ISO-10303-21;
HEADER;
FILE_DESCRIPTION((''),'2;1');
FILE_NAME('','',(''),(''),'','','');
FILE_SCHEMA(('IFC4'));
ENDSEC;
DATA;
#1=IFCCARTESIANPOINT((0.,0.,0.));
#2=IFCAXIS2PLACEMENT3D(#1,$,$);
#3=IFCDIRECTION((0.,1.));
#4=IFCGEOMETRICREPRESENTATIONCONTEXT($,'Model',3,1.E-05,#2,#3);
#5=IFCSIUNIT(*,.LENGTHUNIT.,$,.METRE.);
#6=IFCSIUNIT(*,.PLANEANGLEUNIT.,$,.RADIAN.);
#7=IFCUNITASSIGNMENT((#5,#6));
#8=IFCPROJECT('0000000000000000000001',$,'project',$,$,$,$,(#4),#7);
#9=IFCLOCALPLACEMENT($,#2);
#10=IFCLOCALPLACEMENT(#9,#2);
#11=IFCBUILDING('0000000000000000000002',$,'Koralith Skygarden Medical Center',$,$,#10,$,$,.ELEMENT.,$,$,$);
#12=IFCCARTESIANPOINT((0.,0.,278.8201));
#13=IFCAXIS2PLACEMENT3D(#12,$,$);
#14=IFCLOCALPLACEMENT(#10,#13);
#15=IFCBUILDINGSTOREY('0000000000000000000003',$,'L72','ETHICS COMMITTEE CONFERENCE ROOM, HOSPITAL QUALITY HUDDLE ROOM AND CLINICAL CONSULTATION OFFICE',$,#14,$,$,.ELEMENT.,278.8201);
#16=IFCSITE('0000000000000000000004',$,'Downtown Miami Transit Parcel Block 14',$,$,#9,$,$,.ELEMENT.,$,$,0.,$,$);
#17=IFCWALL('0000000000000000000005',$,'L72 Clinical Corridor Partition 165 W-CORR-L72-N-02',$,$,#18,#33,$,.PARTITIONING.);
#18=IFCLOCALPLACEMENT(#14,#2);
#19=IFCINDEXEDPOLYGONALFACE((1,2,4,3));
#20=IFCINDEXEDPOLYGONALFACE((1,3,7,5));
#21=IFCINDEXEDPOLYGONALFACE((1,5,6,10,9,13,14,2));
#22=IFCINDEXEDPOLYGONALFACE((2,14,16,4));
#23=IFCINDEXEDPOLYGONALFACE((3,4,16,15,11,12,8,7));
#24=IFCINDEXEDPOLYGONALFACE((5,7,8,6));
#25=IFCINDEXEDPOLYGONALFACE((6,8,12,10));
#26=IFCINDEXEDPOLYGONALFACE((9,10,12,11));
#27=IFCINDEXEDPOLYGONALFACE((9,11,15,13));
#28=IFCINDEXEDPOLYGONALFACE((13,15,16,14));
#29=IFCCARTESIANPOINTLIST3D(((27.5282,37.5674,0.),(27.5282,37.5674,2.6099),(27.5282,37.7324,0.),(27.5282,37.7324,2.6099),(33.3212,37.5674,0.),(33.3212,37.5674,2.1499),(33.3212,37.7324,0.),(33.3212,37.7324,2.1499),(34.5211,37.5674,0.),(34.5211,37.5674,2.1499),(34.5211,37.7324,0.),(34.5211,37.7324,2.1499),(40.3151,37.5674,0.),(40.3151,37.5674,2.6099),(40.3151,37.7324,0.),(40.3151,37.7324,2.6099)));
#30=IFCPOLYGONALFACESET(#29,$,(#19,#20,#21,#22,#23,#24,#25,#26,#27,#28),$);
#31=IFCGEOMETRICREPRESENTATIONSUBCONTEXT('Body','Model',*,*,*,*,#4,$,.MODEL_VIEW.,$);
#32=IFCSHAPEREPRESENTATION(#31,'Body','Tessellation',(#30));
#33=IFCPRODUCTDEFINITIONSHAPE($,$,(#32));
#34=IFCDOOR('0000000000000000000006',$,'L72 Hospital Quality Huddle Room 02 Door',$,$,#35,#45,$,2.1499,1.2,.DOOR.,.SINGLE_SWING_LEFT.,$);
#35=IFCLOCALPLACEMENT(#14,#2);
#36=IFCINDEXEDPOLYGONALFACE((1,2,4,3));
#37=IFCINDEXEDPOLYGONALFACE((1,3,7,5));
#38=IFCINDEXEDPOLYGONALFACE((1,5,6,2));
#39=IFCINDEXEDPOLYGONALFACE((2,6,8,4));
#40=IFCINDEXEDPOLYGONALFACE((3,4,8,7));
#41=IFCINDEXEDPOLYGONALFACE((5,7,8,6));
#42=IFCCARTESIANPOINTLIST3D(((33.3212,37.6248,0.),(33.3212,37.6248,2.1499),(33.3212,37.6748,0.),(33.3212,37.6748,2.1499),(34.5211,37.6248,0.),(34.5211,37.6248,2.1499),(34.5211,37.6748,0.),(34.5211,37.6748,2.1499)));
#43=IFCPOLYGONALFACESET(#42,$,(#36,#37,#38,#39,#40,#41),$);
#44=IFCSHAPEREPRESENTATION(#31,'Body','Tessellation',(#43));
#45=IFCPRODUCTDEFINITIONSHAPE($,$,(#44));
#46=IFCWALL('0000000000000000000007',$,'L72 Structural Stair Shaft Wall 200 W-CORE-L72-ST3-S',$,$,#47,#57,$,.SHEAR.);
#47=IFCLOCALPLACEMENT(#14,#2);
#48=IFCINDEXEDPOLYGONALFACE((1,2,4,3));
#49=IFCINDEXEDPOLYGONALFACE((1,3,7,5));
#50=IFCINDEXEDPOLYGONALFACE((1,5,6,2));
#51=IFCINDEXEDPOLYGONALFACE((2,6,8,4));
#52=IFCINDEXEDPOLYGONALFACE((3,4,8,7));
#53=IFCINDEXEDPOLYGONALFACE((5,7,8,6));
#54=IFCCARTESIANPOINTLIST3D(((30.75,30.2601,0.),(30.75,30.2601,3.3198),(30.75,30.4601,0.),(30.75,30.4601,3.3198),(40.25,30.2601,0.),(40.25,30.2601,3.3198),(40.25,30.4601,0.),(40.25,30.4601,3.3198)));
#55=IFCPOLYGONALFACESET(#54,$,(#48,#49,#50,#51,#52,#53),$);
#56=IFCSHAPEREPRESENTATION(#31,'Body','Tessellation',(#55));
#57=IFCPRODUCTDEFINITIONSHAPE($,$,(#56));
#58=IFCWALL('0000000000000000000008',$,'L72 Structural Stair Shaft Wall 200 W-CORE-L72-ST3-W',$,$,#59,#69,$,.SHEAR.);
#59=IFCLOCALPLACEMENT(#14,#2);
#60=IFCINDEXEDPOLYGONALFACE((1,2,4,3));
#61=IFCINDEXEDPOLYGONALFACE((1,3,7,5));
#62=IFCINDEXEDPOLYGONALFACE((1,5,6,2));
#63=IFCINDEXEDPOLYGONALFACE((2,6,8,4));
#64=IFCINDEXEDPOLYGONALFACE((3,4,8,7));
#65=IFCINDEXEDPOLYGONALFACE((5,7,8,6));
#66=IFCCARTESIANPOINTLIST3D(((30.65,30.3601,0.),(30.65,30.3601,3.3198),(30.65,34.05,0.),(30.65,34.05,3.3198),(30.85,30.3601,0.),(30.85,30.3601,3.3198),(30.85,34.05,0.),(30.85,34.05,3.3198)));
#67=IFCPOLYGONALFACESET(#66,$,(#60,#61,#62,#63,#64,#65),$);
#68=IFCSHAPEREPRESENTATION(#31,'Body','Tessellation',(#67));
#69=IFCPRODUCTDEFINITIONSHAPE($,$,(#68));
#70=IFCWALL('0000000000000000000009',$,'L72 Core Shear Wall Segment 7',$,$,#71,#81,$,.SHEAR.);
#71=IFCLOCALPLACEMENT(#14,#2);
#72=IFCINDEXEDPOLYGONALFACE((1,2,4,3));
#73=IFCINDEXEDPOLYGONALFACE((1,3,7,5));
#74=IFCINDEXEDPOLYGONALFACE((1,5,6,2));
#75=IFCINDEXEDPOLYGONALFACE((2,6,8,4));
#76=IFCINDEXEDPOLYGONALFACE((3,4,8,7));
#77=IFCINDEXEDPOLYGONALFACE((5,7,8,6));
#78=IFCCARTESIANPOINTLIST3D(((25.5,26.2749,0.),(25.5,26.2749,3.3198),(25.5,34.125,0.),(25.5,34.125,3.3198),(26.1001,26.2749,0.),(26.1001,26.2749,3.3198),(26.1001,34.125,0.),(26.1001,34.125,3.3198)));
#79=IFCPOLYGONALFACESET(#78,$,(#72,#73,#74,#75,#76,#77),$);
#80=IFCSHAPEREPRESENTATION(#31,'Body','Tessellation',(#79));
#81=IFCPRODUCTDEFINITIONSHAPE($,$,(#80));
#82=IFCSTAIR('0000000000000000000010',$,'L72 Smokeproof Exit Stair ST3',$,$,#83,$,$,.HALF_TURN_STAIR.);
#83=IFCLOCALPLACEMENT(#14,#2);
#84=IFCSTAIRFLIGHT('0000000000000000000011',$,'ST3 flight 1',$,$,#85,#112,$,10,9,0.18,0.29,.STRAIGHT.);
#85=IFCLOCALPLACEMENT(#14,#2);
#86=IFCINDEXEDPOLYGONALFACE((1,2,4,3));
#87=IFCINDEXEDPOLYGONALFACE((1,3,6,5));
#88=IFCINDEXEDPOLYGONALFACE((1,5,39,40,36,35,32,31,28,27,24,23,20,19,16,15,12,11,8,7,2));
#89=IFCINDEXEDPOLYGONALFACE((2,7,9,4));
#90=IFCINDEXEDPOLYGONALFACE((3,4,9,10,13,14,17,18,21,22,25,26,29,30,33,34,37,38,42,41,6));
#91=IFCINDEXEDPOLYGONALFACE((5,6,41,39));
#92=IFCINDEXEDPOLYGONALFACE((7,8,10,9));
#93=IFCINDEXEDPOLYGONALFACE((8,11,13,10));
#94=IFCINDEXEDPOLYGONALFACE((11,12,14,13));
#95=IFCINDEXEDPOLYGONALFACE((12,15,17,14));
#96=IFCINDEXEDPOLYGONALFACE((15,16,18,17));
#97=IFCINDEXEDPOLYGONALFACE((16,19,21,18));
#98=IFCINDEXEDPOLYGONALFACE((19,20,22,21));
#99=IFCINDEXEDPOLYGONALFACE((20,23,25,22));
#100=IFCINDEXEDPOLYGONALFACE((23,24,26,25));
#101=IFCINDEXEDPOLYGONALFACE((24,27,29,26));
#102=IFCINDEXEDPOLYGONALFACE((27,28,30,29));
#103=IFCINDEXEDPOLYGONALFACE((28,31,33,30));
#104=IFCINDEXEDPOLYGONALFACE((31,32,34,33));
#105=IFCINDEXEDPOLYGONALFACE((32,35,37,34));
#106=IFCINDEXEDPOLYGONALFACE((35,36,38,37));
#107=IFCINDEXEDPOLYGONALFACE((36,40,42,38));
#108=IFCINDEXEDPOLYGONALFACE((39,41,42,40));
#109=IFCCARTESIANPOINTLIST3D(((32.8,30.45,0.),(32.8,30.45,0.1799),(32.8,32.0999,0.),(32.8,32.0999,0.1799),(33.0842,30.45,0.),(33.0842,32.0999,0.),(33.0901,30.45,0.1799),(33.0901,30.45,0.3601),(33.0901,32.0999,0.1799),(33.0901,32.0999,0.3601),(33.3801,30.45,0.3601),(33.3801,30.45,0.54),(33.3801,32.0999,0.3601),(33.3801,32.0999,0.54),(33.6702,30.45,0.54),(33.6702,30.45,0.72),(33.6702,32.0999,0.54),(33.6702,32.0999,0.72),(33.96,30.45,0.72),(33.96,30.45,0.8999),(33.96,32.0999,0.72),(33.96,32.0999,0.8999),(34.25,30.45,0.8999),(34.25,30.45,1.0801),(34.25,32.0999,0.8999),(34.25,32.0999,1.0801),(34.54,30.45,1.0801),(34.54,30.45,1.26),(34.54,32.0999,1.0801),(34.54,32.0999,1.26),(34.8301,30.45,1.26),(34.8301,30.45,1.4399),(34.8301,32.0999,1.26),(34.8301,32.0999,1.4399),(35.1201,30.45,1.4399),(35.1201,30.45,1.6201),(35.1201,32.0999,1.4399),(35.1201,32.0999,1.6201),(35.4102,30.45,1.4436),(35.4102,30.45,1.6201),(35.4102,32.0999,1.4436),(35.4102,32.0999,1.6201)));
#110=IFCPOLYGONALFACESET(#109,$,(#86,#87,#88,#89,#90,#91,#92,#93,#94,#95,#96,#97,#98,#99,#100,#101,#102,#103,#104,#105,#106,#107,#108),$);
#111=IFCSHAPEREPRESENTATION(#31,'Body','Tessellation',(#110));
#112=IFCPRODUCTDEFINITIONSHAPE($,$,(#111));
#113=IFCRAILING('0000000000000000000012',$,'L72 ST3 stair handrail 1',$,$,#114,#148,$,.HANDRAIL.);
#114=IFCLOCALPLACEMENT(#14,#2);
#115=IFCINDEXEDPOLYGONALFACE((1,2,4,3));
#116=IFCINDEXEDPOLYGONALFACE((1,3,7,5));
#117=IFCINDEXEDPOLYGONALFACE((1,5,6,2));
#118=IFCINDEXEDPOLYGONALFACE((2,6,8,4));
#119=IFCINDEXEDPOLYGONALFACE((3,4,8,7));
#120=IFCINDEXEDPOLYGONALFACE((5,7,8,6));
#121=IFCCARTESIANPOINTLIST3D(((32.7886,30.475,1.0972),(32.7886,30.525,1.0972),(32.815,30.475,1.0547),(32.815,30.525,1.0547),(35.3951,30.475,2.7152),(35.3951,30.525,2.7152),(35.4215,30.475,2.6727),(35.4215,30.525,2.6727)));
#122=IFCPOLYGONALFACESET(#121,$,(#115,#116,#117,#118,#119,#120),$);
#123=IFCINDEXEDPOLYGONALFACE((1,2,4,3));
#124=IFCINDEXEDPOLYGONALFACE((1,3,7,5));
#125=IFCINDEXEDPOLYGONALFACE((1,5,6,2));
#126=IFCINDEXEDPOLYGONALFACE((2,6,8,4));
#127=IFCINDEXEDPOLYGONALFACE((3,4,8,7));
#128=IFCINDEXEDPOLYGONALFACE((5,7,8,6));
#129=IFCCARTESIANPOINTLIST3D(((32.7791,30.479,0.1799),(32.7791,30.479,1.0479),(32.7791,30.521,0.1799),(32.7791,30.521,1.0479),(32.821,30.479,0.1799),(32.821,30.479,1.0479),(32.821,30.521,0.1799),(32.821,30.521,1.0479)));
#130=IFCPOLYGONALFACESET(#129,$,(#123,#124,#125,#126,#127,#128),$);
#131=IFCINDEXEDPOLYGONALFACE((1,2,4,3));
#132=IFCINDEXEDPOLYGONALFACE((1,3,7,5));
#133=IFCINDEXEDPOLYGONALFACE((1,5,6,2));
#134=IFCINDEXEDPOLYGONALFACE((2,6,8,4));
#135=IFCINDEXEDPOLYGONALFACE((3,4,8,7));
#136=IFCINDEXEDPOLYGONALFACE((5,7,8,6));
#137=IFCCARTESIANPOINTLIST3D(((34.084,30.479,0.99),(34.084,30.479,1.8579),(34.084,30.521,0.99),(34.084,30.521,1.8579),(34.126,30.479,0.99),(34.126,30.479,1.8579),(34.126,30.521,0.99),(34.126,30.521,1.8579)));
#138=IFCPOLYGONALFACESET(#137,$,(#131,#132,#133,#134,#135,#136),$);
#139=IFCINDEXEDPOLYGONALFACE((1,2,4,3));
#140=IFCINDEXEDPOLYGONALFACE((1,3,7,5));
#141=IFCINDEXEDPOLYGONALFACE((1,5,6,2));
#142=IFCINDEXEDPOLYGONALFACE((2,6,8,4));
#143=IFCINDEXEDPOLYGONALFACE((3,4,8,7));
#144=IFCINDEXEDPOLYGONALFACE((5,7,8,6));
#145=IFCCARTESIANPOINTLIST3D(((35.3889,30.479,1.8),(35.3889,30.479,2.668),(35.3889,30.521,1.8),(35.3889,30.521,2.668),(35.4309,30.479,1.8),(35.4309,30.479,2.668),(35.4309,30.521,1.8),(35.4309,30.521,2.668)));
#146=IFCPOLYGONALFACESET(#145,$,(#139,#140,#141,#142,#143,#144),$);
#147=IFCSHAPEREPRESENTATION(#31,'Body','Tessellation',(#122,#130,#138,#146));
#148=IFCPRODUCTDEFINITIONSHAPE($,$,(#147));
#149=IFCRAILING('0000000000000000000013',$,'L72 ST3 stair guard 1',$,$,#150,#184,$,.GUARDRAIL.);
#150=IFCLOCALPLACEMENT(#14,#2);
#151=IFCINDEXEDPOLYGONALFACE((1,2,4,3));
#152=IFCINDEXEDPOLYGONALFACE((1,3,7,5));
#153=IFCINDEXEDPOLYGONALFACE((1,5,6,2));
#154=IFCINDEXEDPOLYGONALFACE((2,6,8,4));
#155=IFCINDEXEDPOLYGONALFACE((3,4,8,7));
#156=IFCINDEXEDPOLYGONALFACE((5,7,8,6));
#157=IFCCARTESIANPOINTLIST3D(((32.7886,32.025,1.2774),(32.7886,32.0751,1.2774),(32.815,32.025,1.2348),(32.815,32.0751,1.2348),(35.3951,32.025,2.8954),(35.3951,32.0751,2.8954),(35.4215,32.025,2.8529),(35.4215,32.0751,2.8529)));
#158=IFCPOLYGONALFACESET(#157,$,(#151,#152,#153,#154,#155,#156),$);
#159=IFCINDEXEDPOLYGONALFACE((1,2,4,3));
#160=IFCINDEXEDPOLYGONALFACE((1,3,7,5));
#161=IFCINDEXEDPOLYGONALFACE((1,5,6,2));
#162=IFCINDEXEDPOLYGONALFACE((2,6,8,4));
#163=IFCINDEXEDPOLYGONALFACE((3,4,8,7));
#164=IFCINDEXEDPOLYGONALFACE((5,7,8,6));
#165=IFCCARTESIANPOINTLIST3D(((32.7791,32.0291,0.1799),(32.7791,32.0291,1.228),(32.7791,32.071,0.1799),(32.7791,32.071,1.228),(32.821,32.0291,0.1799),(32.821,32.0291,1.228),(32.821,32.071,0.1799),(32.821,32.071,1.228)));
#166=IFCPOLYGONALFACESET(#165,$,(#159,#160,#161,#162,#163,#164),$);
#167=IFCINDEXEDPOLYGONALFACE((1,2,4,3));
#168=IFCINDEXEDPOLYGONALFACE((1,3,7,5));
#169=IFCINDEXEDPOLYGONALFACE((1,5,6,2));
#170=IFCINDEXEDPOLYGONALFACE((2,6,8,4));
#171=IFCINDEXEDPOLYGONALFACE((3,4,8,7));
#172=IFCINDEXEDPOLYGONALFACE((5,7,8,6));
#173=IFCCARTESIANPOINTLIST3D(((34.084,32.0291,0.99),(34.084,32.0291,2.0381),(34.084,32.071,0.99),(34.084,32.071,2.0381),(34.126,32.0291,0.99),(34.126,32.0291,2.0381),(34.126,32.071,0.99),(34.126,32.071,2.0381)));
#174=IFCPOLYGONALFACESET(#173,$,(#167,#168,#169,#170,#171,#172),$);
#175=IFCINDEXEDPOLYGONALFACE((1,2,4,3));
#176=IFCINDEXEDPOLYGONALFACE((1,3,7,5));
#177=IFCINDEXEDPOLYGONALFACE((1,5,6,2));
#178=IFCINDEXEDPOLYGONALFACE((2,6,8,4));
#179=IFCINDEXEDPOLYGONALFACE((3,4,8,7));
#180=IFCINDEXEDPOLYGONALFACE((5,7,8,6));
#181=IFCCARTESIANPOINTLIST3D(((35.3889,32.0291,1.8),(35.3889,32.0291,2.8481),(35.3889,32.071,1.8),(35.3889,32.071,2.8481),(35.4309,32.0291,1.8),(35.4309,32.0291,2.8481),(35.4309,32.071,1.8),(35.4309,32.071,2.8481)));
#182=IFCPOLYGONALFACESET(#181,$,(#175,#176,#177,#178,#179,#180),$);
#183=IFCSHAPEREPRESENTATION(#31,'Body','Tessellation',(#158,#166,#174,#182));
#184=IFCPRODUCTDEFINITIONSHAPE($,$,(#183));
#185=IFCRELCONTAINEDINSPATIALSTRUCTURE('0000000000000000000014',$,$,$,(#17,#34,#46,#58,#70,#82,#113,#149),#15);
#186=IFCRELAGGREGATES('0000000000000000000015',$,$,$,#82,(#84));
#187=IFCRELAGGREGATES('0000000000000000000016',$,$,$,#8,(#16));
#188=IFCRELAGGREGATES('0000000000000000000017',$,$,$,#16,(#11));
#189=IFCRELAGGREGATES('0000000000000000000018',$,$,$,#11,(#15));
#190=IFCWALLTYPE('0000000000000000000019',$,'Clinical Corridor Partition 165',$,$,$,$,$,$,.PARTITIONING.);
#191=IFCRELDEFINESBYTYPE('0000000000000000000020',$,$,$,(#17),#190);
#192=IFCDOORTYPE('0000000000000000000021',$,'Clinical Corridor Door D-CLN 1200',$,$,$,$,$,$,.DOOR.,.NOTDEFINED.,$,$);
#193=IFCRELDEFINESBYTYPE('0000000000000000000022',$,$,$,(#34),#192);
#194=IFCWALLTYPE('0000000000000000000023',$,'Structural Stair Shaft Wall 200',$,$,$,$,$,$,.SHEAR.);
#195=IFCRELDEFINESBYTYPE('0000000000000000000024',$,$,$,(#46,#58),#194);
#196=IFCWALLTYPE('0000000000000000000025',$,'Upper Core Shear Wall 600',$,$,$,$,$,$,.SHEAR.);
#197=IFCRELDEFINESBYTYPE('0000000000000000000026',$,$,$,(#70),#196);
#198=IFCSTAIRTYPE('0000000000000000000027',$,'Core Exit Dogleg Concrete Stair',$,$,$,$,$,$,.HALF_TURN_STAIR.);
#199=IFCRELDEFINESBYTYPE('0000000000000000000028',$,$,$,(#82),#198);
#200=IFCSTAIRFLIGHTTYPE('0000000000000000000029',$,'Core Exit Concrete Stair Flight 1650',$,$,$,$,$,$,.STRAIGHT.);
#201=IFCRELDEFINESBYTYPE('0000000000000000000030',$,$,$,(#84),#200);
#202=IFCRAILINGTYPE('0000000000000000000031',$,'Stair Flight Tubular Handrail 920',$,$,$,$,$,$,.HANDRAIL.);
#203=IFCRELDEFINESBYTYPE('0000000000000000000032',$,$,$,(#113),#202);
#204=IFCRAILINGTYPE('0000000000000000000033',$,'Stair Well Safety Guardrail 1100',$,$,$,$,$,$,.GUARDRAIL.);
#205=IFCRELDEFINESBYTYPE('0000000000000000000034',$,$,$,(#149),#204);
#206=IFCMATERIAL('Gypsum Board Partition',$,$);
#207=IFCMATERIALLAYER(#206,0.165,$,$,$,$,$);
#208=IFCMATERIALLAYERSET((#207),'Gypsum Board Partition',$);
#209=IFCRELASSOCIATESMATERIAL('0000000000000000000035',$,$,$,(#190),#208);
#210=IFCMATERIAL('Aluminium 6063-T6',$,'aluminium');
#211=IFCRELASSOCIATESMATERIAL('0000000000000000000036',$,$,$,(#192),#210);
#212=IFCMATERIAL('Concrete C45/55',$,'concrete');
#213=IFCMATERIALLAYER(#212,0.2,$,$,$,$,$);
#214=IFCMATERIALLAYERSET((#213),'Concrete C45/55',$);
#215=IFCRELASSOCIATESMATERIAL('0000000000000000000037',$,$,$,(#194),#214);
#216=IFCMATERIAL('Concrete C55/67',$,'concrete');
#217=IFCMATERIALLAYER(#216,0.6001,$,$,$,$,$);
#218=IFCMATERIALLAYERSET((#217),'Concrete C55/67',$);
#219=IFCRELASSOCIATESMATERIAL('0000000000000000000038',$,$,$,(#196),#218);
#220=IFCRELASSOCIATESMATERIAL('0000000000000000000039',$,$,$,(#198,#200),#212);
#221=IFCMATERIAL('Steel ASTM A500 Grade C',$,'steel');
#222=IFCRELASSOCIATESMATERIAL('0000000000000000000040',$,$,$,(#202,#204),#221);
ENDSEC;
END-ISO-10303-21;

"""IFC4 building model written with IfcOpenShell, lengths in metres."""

from ifc_helpers import new_model, si_unit, direction, frame, frame_2d, origin, origin_2d, place, context, subcontext, project, spatial, polyline, rectangle, outline, extrude, material, layer, layer_set, type_object, element, fill, aggregate, save


model = new_model("IFC4")

# Units and contexts
model_context = context("Model", 3, precision=1e-05, world=origin(), true_north=direction((0.0, 1.0)))
body_context = subcontext(model_context, "Body", "Model", "MODEL_VIEW")
ifc_project = project(units=[si_unit("LENGTHUNIT", "METRE"), si_unit("PLANEANGLEUNIT", "RADIAN")], contexts=[model_context])

# Site, building, storey
site_placement = place(None, origin())
site = spatial("IfcSite", under=ifc_project, at=site_placement, Name="Downtown Miami Transit Parcel Block 14", CompositionType="ELEMENT", RefElevation=0.0)
building_placement = place(site_placement, origin())
building = spatial("IfcBuilding", under=site, at=building_placement, Name="Koralith Skygarden Medical Center", CompositionType="ELEMENT")
storey_placement = place(building_placement, frame((0.0, 0.0, 278.8201)))
storey = spatial("IfcBuildingStorey", under=building, at=storey_placement, Name="L72", Description="ETHICS COMMITTEE CONFERENCE ROOM, HOSPITAL QUALITY HUDDLE ROOM AND CLINICAL CONSULTATION OFFICE", CompositionType="ELEMENT", Elevation=278.8201)

# Shared definitions
ifc_material_1 = material(Name="Concrete C55/67", Category="concrete")

# Shared definitions
ifc_material_2 = material(Name="Aluminium 6063-T6", Category="aluminium")

# Shared definitions
ifc_material_3 = material(Name="Concrete C45/55", Category="concrete")

# Shared definitions
ifc_material_4 = material(Name="Gypsum Board Partition")

# Wall, opening, door
ifc_layer_1 = layer(ifc_material_4, 0.165)
ifc_layer_set_1 = layer_set([ifc_layer_1], Name="Gypsum Board Partition")
wall_type_1 = type_object("IfcWallType", Name="Clinical Corridor Partition 165", PredefinedType="PARTITIONING", material=ifc_layer_set_1)
wall_1_placement = place(storey_placement, frame((27.5281, 37.6499, 0.0), z_axis=(0.0, 0.0, 1.0), x_axis=(1.0, 0.0, 0.0)))
wall_1 = element("IfcWall", 1, at=wall_1_placement, inside=storey, type_object=wall_type_1, Name="L72 Clinical Corridor Partition 165 W-CORR-L72-N-02", PredefinedType="PARTITIONING", context=body_context, shape_type="SweptSolid", body=[
    extrude(rectangle(XDim=12.7869, YDim=0.165, at=frame_2d((6.3936, 0.0))), origin(), (0.0, 0.0, 1.0), 2.6099),
])
opening_placement = place(wall_1_placement, frame((5.793, 0.0, 0.0)))
opening = element("IfcOpeningElement", 2, at=opening_placement, cuts=wall_1, PredefinedType="OPENING", context=body_context, shape_type="SweptSolid", body=[
    extrude(rectangle(XDim=1.2, YDim=2.1499, at=frame_2d((0.6001, 1.075))), frame((0.0, 0.0925, 0.0), z_axis=(0.0, -1.0, 0.0), x_axis=(1.0, 0.0, 0.0)), (0.0, 0.0, 1.0), 0.1851),
])
door_type = type_object("IfcDoorType", Name="Clinical Corridor Door D-CLN 1200", OperationType="NOTDEFINED", PredefinedType="DOOR", material=ifc_material_2)
door_placement = place(opening_placement, origin())
door = element("IfcDoor", 3, at=door_placement, inside=storey, type_object=door_type, Name="L72 Hospital Quality Huddle Room 02 Door", OperationType="SINGLE_SWING_LEFT", OverallHeight=2.1499, OverallWidth=1.2, PredefinedType="DOOR", context=body_context, shape_type="SweptSolid", body=[
    extrude(rectangle(XDim=1.2, YDim=2.1499, at=frame_2d((0.6001, 1.075))), frame((0.0, 0.0249, 0.0), z_axis=(0.0, -1.0, 0.0), x_axis=(1.0, 0.0, 0.0)), (0.0, 0.0, 1.0), 0.05),
])
fill(opening, door)

# Walls
ifc_layer_2 = layer(ifc_material_3, 0.2)
ifc_layer_set_2 = layer_set([ifc_layer_2], Name="Concrete C45/55")
wall_type_2 = type_object("IfcWallType", Name="Structural Stair Shaft Wall 200", PredefinedType="SHEAR", material=ifc_layer_set_2)
wall_2_placement = place(storey_placement, frame((30.75, 30.3601, 0.0), z_axis=(0.0, 0.0, 1.0), x_axis=(1.0, 0.0, 0.0)))
element("IfcWall", 4, at=wall_2_placement, inside=storey, type_object=wall_type_2, Name="L72 Structural Stair Shaft Wall 200 W-CORE-L72-ST3-S", PredefinedType="SHEAR", context=body_context, shape_type="SweptSolid", body=[
    extrude(rectangle(XDim=9.5, YDim=0.2, at=frame_2d((4.75, 0.0))), origin(), (0.0, 0.0, 1.0), 3.3198),
])
wall_3_placement = place(storey_placement, frame((30.75, 30.3601, 0.0), z_axis=(0.0, 0.0, 1.0), x_axis=(0.0, 1.0, 0.0)))
element("IfcWall", 5, at=wall_3_placement, inside=storey, type_object=wall_type_2, Name="L72 Structural Stair Shaft Wall 200 W-CORE-L72-ST3-W", PredefinedType="SHEAR", context=body_context, shape_type="SweptSolid", body=[
    extrude(rectangle(XDim=3.6899, YDim=0.2, at=frame_2d((1.845, 0.0))), origin(), (0.0, 0.0, 1.0), 3.3198),
])
ifc_layer_3 = layer(ifc_material_1, 0.6001)
ifc_layer_set_3 = layer_set([ifc_layer_3], Name="Concrete C55/67")
wall_type_3 = type_object("IfcWallType", Name="Upper Core Shear Wall 600", PredefinedType="SHEAR", material=ifc_layer_set_3)
wall_4_placement = place(storey_placement, frame((25.8, 34.125, 0.0), z_axis=(0.0, 0.0, 1.0), x_axis=(0.0, -1.0, 0.0)))
element("IfcWall", 6, at=wall_4_placement, inside=storey, type_object=wall_type_3, Name="L72 Core Shear Wall Segment 7", PredefinedType="SHEAR", context=body_context, shape_type="SweptSolid", body=[
    extrude(rectangle(XDim=7.8501, YDim=0.6001, at=frame_2d((3.925, 0.0))), origin(), (0.0, 0.0, 1.0), 3.3198),
])

# Stair, stair flight
stair_type = type_object("IfcStairType", Name="Core Exit Dogleg Concrete Stair", PredefinedType="HALF_TURN_STAIR", material=ifc_material_3)
stair_placement = place(storey_placement, origin())
stair = element("IfcStair", 7, at=stair_placement, inside=storey, type_object=stair_type, Name="L72 Smokeproof Exit Stair ST3", PredefinedType="HALF_TURN_STAIR")
stair_flight_type = type_object("IfcStairFlightType", Name="Core Exit Concrete Stair Flight 1650", PredefinedType="STRAIGHT", material=ifc_material_3)
stair_flight_placement = place(storey_placement, frame((32.8, 31.2749, 0.0), z_axis=(0.0, 0.0, 1.0), x_axis=(1.0, 0.0, 0.0)))
stair_flight = element("IfcStairFlight", 8, at=stair_flight_placement, type_object=stair_flight_type, Name="ST3 flight 1", NumberOfRisers=10, NumberOfTreads=9, PredefinedType="STRAIGHT", RiserHeight=0.18, TreadLength=0.29, context=body_context, shape_type="SweptSolid", body=[
    extrude(outline(polyline([(0.0, 0.0), (0.0, 0.1799), (0.29, 0.1799), (0.29, 0.3601), (0.5801, 0.3601), (0.5801, 0.54), (0.8701, 0.54), (0.8701, 0.72), (1.1599, 0.72), (1.1599, 0.8999), (1.45, 0.8999), (1.45, 1.0801), (1.74, 1.0801), (1.74, 1.26), (2.03, 1.26), (2.03, 1.4399), (2.3201, 1.4399), (2.3201, 1.6201), (2.6101, 1.6201), (2.6101, 1.8), (2.6101, 1.4436), (0.2842, 0.0), (0.0, 0.0)])), frame((0.0, 0.825, 0.0), z_axis=(0.0, -1.0, 0.0), x_axis=(1.0, 0.0, 0.0)), (0.0, 0.0, 1.0), 1.6499),
])
aggregate(stair, [stair_flight])

# Railings
ifc_material_5 = material(Name="Steel ASTM A500 Grade C", Category="steel")
railing_type_1 = type_object("IfcRailingType", Name="Stair Flight Tubular Handrail 920", PredefinedType="HANDRAIL", material=ifc_material_5)
railing_1_placement = place(storey_placement, frame((32.8, 30.5, 0.1799)))
element("IfcRailing", 9, at=railing_1_placement, inside=storey, type_object=railing_type_1, Name="L72 ST3 stair handrail 1", PredefinedType="HANDRAIL", context=body_context, shape_type="SweptSolid", body=[
    extrude(rectangle(XDim=0.05, YDim=0.05, at=origin_2d()), frame((0.0017, 0.0, 0.896), z_axis=(0.849611, 0.0, 0.52741), x_axis=(0.0, 1.0, 0.0)), (0.0, 0.0, 1.0), 3.0679),
    extrude(rectangle(XDim=0.042, YDim=0.042, at=origin_2d()), origin(), (0.0, 0.0, 1.0), 0.8679),
    extrude(rectangle(XDim=0.042, YDim=0.042, at=origin_2d()), frame((1.3049, 0.0, 0.8101)), (0.0, 0.0, 1.0), 0.8679),
    extrude(rectangle(XDim=0.042, YDim=0.042, at=origin_2d()), frame((2.6099, 0.0, 1.6201)), (0.0, 0.0, 1.0), 0.8679),
])
railing_type_2 = type_object("IfcRailingType", Name="Stair Well Safety Guardrail 1100", PredefinedType="GUARDRAIL", material=ifc_material_5)
railing_2_placement = place(storey_placement, frame((32.8, 32.05, 0.1799)))
element("IfcRailing", 10, at=railing_2_placement, inside=storey, type_object=railing_type_2, Name="L72 ST3 stair guard 1", PredefinedType="GUARDRAIL", context=body_context, shape_type="SweptSolid", body=[
    extrude(rectangle(XDim=0.05, YDim=0.05, at=origin_2d()), frame((0.0017, 0.0, 1.0762), z_axis=(0.849611, 0.0, 0.52741), x_axis=(0.0, 1.0, 0.0)), (0.0, 0.0, 1.0), 3.0679),
    extrude(rectangle(XDim=0.042, YDim=0.042, at=origin_2d()), origin(), (0.0, 0.0, 1.0), 1.0481),
    extrude(rectangle(XDim=0.042, YDim=0.042, at=origin_2d()), frame((1.3049, 0.0, 0.8101)), (0.0, 0.0, 1.0), 1.0481),
    extrude(rectangle(XDim=0.042, YDim=0.042, at=origin_2d()), frame((2.6099, 0.0, 1.6201)), (0.0, 0.0, 1.0), 1.0481),
])

save(model, "model.ifc")
